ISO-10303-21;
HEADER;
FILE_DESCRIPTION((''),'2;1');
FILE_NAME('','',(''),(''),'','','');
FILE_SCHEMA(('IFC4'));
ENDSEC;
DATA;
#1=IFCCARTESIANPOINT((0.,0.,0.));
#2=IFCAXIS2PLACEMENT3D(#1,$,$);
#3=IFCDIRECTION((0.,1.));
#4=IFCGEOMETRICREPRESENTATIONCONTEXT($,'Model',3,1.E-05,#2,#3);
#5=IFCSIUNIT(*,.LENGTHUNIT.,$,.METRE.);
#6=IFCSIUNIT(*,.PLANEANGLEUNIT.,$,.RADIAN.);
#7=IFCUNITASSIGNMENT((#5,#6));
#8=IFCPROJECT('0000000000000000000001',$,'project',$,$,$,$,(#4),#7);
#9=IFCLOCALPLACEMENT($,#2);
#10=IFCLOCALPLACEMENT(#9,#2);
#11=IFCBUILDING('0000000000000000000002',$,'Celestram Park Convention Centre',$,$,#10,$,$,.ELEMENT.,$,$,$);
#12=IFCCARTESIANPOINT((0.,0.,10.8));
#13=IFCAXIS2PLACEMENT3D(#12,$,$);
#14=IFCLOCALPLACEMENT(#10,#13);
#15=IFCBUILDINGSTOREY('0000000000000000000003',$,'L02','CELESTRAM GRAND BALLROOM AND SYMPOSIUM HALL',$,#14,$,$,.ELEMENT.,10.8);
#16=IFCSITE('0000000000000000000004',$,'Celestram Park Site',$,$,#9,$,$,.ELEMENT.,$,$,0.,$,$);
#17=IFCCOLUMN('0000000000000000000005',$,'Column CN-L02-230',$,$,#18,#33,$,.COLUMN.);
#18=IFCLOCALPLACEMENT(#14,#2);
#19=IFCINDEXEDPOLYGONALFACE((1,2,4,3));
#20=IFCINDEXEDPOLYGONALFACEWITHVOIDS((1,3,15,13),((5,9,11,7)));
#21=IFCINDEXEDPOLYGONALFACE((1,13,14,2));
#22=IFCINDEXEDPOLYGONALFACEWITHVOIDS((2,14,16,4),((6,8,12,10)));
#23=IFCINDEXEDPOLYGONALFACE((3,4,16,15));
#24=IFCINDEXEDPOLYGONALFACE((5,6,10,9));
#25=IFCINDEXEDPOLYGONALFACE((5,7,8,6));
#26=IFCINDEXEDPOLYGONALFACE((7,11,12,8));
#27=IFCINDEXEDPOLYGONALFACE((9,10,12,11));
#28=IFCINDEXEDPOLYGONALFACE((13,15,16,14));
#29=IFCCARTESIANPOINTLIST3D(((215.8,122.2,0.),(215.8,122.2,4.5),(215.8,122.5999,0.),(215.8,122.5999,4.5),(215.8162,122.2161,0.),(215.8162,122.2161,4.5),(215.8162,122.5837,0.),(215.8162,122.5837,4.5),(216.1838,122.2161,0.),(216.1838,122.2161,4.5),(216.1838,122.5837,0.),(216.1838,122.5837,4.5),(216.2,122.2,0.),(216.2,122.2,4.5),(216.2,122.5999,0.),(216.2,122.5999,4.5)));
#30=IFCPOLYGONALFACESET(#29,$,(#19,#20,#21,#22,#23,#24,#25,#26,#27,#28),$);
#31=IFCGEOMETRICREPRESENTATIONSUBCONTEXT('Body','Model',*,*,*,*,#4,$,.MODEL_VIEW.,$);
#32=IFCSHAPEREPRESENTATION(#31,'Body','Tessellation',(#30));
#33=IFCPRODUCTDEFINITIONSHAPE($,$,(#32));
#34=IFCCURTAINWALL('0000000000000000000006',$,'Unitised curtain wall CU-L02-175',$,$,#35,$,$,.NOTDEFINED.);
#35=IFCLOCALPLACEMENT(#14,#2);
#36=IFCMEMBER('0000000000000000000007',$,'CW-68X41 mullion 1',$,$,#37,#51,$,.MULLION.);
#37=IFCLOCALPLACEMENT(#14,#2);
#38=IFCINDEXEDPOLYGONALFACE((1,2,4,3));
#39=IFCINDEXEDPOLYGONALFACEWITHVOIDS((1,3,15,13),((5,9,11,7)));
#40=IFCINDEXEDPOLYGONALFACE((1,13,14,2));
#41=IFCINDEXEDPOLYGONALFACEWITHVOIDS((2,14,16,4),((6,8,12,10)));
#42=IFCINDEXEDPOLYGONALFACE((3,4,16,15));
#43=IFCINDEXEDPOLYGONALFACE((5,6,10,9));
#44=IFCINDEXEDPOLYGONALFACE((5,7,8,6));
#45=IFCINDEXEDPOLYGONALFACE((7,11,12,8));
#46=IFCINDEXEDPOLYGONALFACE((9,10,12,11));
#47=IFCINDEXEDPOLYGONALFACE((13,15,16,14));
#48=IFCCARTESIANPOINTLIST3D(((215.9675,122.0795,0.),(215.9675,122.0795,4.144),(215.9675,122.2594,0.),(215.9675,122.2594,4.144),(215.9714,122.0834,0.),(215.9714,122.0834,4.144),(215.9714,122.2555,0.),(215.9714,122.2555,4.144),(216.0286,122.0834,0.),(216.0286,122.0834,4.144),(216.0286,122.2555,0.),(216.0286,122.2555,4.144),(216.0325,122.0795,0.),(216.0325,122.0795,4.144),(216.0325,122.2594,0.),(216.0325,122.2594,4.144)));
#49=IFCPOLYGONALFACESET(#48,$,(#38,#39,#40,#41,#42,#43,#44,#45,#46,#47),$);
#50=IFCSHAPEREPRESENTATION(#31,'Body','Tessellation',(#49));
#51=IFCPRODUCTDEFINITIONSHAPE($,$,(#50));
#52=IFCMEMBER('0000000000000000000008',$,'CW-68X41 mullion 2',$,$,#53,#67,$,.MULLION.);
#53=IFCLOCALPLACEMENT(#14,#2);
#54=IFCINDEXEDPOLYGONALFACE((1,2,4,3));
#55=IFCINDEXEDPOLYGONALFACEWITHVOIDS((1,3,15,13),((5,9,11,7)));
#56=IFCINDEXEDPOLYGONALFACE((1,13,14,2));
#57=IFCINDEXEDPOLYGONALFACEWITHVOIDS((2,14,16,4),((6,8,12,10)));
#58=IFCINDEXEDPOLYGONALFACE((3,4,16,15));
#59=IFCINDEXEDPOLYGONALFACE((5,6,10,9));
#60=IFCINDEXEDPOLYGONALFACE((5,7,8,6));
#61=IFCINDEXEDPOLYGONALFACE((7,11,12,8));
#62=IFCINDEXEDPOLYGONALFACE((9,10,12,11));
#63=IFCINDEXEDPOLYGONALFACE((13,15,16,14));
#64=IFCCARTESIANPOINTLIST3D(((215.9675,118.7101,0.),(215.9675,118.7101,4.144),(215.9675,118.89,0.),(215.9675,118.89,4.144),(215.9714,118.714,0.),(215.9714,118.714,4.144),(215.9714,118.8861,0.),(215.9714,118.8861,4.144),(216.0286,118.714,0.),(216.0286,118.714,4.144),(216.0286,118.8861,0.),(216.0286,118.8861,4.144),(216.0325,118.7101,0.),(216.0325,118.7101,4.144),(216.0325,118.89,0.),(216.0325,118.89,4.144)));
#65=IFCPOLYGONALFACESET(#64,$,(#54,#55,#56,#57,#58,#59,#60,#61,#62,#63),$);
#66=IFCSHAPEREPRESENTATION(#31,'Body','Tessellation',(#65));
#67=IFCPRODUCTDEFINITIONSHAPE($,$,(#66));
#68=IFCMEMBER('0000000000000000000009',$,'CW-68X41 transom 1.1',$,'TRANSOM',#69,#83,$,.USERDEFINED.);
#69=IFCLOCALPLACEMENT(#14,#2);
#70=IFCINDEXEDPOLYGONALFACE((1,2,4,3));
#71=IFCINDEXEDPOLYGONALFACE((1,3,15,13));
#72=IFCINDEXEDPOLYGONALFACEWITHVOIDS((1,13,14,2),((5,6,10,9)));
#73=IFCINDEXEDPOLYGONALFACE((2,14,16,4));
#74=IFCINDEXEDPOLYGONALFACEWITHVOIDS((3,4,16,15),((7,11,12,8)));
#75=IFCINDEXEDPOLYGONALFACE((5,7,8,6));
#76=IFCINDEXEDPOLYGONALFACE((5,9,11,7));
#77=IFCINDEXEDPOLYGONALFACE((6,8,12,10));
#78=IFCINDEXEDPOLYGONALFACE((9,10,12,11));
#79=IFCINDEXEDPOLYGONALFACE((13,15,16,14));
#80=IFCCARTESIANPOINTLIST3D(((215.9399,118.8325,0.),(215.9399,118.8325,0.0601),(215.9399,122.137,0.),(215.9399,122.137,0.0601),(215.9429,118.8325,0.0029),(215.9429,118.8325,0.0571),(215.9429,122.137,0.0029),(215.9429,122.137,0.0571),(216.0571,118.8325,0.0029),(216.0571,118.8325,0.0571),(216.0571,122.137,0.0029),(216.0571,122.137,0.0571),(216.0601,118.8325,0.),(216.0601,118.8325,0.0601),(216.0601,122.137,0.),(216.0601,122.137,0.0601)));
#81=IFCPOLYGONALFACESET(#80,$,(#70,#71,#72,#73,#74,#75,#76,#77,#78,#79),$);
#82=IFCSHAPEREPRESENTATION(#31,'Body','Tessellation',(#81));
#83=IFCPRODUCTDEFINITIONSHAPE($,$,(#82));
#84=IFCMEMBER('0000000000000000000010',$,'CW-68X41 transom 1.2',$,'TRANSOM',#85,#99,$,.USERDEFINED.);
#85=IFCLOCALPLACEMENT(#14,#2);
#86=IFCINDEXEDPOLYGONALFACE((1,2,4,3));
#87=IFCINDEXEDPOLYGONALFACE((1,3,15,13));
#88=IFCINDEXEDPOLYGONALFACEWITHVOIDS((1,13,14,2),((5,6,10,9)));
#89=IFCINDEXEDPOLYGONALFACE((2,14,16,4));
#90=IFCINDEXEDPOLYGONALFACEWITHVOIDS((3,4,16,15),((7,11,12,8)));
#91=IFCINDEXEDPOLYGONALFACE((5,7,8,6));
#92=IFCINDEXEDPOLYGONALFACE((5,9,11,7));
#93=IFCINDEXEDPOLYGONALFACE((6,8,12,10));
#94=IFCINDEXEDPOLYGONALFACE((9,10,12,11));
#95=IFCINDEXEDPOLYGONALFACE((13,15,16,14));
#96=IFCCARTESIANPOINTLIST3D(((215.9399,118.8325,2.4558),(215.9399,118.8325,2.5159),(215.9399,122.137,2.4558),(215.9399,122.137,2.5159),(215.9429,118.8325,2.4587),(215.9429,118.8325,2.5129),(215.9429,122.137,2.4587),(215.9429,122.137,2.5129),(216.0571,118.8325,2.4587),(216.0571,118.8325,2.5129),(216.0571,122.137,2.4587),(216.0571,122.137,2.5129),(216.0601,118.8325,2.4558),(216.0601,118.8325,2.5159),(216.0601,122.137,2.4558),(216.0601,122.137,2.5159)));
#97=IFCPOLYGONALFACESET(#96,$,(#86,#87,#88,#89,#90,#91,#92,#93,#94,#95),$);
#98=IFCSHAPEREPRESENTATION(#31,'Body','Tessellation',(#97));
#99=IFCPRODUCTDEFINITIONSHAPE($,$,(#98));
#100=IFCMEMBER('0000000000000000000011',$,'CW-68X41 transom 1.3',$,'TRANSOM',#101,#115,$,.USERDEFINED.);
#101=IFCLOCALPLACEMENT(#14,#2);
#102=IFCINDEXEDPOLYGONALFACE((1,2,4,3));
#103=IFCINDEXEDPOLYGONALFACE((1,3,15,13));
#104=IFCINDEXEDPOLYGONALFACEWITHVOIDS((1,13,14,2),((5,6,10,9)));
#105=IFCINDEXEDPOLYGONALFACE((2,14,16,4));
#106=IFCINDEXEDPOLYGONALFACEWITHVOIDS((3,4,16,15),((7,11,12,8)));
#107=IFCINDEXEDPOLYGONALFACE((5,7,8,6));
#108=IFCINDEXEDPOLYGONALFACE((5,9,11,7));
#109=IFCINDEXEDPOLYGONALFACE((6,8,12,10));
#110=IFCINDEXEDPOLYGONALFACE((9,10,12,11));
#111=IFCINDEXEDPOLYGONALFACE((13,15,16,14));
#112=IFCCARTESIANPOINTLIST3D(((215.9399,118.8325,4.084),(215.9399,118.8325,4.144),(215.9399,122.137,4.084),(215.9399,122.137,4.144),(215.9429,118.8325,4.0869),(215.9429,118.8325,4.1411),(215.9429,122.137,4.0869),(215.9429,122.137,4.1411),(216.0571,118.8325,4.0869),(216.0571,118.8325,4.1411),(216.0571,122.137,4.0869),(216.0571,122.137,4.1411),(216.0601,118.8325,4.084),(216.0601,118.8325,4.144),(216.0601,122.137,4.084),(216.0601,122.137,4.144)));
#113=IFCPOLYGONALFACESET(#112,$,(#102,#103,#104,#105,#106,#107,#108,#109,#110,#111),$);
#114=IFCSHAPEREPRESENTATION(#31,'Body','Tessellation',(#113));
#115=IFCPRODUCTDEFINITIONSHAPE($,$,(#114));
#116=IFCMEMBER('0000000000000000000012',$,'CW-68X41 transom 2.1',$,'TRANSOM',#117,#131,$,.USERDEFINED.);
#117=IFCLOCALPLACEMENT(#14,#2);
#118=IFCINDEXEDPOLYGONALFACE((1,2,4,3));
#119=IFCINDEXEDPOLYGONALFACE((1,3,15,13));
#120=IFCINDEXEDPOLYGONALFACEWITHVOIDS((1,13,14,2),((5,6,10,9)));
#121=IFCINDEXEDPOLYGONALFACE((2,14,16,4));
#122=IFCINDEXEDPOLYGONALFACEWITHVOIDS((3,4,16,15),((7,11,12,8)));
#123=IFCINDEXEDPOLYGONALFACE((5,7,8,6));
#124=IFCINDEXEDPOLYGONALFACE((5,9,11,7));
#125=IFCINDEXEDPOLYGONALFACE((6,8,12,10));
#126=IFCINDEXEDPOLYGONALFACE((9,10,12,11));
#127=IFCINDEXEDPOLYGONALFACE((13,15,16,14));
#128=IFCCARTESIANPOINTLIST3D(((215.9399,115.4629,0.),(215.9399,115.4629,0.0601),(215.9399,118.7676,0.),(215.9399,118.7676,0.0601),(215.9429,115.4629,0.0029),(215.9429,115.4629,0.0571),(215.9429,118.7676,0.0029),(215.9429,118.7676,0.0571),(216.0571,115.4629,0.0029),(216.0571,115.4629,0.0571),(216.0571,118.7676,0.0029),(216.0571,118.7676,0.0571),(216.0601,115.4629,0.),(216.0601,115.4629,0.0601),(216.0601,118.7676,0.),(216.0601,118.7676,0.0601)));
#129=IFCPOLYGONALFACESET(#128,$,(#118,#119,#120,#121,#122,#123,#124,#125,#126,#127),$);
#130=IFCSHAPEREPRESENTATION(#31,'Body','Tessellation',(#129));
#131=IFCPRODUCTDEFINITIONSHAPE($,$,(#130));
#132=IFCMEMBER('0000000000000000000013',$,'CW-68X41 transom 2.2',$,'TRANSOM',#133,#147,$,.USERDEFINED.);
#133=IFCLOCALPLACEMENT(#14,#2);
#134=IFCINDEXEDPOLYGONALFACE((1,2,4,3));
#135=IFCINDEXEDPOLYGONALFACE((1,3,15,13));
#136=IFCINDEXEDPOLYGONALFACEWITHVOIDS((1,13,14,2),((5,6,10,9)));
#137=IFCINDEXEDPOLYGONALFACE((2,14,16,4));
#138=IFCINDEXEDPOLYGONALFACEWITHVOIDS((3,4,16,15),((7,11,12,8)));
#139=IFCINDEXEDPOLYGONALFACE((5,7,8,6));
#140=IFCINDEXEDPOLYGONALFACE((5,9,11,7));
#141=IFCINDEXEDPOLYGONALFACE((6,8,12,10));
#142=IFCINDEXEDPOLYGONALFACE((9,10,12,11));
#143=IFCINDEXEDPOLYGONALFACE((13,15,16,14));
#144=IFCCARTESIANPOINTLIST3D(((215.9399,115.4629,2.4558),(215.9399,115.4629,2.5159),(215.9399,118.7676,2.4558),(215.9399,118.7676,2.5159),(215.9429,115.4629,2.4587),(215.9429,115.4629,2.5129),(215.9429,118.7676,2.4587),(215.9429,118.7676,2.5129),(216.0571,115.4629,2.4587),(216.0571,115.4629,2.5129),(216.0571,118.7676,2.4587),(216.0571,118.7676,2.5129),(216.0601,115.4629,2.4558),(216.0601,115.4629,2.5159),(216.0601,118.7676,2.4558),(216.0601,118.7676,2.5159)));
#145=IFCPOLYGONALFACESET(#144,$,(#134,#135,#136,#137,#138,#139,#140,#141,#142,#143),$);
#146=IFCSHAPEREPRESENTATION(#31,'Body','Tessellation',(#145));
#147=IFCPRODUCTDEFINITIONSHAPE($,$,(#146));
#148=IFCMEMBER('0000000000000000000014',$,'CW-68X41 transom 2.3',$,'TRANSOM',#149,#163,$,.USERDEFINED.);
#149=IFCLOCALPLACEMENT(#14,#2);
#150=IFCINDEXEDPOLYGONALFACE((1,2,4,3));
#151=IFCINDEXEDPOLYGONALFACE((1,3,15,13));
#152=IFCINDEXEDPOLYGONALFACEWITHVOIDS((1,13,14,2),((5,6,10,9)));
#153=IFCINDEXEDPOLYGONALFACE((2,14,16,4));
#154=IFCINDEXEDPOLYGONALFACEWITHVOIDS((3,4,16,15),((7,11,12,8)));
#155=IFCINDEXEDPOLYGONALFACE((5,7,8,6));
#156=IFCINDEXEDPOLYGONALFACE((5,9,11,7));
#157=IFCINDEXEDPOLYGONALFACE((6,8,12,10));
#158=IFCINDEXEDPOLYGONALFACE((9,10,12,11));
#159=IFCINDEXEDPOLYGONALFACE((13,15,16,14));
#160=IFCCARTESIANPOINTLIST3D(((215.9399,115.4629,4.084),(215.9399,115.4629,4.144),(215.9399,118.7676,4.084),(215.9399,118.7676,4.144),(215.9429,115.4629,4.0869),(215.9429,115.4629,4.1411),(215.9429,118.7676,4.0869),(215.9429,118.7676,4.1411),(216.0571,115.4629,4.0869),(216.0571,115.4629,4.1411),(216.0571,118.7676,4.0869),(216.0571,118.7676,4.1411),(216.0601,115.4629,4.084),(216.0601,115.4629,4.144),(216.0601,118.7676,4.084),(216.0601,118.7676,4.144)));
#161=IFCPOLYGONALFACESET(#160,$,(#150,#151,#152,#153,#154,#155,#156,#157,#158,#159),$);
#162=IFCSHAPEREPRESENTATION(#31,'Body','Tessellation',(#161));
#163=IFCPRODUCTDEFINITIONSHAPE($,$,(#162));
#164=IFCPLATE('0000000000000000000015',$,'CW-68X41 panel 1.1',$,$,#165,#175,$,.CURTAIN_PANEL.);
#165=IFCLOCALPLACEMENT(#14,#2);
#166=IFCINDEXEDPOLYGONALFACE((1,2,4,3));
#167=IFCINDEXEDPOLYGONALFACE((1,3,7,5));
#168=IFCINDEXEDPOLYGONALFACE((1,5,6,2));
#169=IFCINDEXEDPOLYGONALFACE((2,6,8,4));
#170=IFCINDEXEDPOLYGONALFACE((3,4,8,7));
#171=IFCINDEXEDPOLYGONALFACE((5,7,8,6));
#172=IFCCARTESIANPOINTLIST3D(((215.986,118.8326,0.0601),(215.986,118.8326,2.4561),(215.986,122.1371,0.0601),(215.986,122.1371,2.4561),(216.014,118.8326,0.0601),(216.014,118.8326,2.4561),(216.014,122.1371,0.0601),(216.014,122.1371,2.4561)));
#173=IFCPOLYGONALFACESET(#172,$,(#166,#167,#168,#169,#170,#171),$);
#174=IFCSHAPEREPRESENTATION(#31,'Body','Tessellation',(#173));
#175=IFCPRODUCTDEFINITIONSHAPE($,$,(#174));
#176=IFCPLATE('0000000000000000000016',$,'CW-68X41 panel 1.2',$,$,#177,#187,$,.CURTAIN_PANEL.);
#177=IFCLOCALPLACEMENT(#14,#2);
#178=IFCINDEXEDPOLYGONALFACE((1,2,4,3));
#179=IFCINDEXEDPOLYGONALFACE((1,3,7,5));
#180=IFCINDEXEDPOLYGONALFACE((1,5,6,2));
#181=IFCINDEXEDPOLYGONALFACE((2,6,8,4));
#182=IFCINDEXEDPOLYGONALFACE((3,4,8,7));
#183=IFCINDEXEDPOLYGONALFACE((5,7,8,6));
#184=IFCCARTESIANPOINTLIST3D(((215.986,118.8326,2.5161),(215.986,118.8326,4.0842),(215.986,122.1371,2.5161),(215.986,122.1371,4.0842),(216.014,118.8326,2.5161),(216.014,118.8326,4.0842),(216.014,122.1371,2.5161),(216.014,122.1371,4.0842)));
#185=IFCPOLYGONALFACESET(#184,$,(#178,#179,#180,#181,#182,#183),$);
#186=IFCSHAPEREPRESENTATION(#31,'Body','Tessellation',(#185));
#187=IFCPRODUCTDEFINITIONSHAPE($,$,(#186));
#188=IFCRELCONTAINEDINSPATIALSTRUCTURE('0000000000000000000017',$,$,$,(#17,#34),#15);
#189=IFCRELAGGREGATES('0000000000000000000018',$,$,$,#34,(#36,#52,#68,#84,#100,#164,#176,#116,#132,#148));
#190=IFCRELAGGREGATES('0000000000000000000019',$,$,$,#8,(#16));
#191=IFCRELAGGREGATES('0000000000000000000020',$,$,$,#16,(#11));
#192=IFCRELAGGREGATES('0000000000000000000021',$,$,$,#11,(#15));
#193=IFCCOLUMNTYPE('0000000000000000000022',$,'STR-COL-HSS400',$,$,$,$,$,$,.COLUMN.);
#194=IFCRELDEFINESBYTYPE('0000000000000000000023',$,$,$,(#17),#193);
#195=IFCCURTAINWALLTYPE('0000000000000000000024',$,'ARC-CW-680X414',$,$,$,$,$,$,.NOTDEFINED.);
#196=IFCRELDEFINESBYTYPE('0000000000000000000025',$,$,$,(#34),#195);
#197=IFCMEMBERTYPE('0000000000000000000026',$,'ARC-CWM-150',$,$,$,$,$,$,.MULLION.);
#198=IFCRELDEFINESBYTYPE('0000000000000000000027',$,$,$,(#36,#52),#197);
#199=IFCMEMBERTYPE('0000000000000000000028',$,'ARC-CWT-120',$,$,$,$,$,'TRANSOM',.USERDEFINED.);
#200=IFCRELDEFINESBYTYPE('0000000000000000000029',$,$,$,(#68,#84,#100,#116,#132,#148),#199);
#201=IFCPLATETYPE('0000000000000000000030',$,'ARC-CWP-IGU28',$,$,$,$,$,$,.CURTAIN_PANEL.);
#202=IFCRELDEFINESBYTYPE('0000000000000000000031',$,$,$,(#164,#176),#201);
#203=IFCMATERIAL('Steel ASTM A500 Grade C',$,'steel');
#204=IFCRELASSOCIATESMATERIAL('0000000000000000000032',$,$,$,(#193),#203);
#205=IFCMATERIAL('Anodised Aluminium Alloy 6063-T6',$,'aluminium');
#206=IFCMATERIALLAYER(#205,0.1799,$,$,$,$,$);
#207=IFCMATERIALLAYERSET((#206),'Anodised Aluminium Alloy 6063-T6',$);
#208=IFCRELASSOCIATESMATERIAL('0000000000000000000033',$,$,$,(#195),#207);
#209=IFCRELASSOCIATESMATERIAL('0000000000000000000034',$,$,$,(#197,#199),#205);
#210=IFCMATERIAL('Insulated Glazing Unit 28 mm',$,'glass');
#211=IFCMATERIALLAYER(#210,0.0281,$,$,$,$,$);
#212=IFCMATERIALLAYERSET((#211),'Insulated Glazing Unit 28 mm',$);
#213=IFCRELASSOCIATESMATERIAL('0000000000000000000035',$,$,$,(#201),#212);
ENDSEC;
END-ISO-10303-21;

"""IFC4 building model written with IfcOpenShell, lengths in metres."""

from ifc_helpers import new_model, si_unit, direction, frame, origin, origin_2d, place, context, subcontext, project, spatial, rectangle, hollow_rectangle, extrude, material, layer, layer_set, material_profile, profile_set, type_object, element, aggregate, save


model = new_model("IFC4")

# Units and contexts
model_context = context("Model", 3, precision=1e-05, world=origin(), true_north=direction((0.0, 1.0)))
body_context = subcontext(model_context, "Body", "Model", "MODEL_VIEW")
ifc_project = project(units=[si_unit("LENGTHUNIT", "METRE"), si_unit("PLANEANGLEUNIT", "RADIAN")], contexts=[model_context])

# Site, building, storey
site_placement = place(None, origin())
site = spatial("IfcSite", under=ifc_project, at=site_placement, Name="Celestram Park Site", CompositionType="ELEMENT", RefElevation=0.0)
building_placement = place(site_placement, origin())
building = spatial("IfcBuilding", under=site, at=building_placement, Name="Celestram Park Convention Centre", CompositionType="ELEMENT")
storey_placement = place(building_placement, frame((0.0, 0.0, 10.8)))
storey = spatial("IfcBuildingStorey", under=building, at=storey_placement, Name="L02", Description="CELESTRAM GRAND BALLROOM AND SYMPOSIUM HALL", CompositionType="ELEMENT", Elevation=10.8)

# Column
ifc_material_1 = material(Name="Steel ASTM A500 Grade C", Category="steel")
ifc_material_profile_1 = material_profile(ifc_material_1, hollow_rectangle(XDim=0.3999, YDim=0.3999, WallThickness=0.0161, at=origin_2d()), Name="HSS400X400X16")
ifc_profile_set_1 = profile_set([ifc_material_profile_1], Name="Steel ASTM A500 Grade C")
column_type = type_object("IfcColumnType", Name="STR-COL-HSS400", PredefinedType="COLUMN", material=ifc_profile_set_1)
column_placement = place(storey_placement, frame((216.0, 122.3999, 0.0), z_axis=(0.0, 0.0, 1.0), x_axis=(1.0, 0.0, 0.0)))
element("IfcColumn", 1, at=column_placement, inside=storey, type_object=column_type, Name="Column CN-L02-230", PredefinedType="COLUMN", context=body_context, shape_type="SweptSolid", body=[
    extrude(hollow_rectangle(XDim=0.3999, YDim=0.3999, WallThickness=0.0161, at=origin_2d()), origin(), (0.0, 0.0, 1.0), 4.5),
])

# Curtain wall, members, plates
ifc_material_2 = material(Name="Anodised Aluminium Alloy 6063-T6", Category="aluminium")
ifc_layer_1 = layer(ifc_material_2, 0.1799)
ifc_layer_set_1 = layer_set([ifc_layer_1], Name="Anodised Aluminium Alloy 6063-T6")
curtain_wall_type = type_object("IfcCurtainWallType", Name="ARC-CW-680X414", PredefinedType="NOTDEFINED", material=ifc_layer_set_1)
curtain_wall_placement = place(storey_placement, origin())
curtain_wall = element("IfcCurtainWall", 2, at=curtain_wall_placement, inside=storey, type_object=curtain_wall_type, Name="Unitised curtain wall CU-L02-175", PredefinedType="NOTDEFINED")
ifc_material_profile_2 = material_profile(ifc_material_2, hollow_rectangle(XDim=0.0649, YDim=0.1799, WallThickness=0.0039, at=origin_2d()), Name="ALU65X180X4")
ifc_profile_set_2 = profile_set([ifc_material_profile_2], Name="Anodised Aluminium Alloy 6063-T6")
member_type_1 = type_object("IfcMemberType", Name="ARC-CWM-150", PredefinedType="MULLION", material=ifc_profile_set_2)
member_1_placement = place(storey_placement, frame((216.0, 122.1694, 0.0), z_axis=(0.0, 0.0, 1.0), x_axis=(1.0, 0.0, 0.0)))
member_1 = element("IfcMember", 3, at=member_1_placement, type_object=member_type_1, Name="CW-68X41 mullion 1", PredefinedType="MULLION", context=body_context, shape_type="SweptSolid", body=[
    extrude(hollow_rectangle(XDim=0.0649, YDim=0.1799, WallThickness=0.0039, at=origin_2d()), origin(), (0.0, 0.0, 1.0), 4.144),
])
member_2_placement = place(storey_placement, frame((216.0, 118.8, 0.0), z_axis=(0.0, 0.0, 1.0), x_axis=(1.0, 0.0, 0.0)))
member_2 = element("IfcMember", 4, at=member_2_placement, type_object=member_type_1, Name="CW-68X41 mullion 2", PredefinedType="MULLION", context=body_context, shape_type="SweptSolid", body=[
    extrude(hollow_rectangle(XDim=0.0649, YDim=0.1799, WallThickness=0.0039, at=origin_2d()), origin(), (0.0, 0.0, 1.0), 4.144),
])
ifc_material_profile_3 = material_profile(ifc_material_2, hollow_rectangle(XDim=0.1201, YDim=0.0601, WallThickness=0.0029, at=origin_2d()), Name="ALU120X60X3")
ifc_profile_set_3 = profile_set([ifc_material_profile_3], Name="Anodised Aluminium Alloy 6063-T6")
member_type_2 = type_object("IfcMemberType", Name="ARC-CWT-120", ElementType="TRANSOM", PredefinedType="USERDEFINED", material=ifc_profile_set_3)
member_3_placement = place(storey_placement, frame((216.0, 122.137, 0.03), z_axis=(0.0, -1.0, 0.0), x_axis=(1.0, 0.0, 0.0)))
member_3 = element("IfcMember", 5, at=member_3_placement, type_object=member_type_2, Name="CW-68X41 transom 1.1", ObjectType="TRANSOM", PredefinedType="USERDEFINED", context=body_context, shape_type="SweptSolid", body=[
    extrude(hollow_rectangle(XDim=0.1201, YDim=0.0601, WallThickness=0.0029, at=origin_2d()), origin(), (0.0, 0.0, 1.0), 3.3044),
])
member_4_placement = place(storey_placement, frame((216.0, 122.137, 2.4858), z_axis=(0.0, -1.0, 0.0), x_axis=(1.0, 0.0, 0.0)))
member_4 = element("IfcMember", 6, at=member_4_placement, type_object=member_type_2, Name="CW-68X41 transom 1.2", ObjectType="TRANSOM", PredefinedType="USERDEFINED", context=body_context, shape_type="SweptSolid", body=[
    extrude(hollow_rectangle(XDim=0.1201, YDim=0.0601, WallThickness=0.0029, at=origin_2d()), origin(), (0.0, 0.0, 1.0), 3.3044),
])
member_5_placement = place(storey_placement, frame((216.0, 122.137, 4.114), z_axis=(0.0, -1.0, 0.0), x_axis=(1.0, 0.0, 0.0)))
member_5 = element("IfcMember", 7, at=member_5_placement, type_object=member_type_2, Name="CW-68X41 transom 1.3", ObjectType="TRANSOM", PredefinedType="USERDEFINED", context=body_context, shape_type="SweptSolid", body=[
    extrude(hollow_rectangle(XDim=0.1201, YDim=0.0601, WallThickness=0.0029, at=origin_2d()), origin(), (0.0, 0.0, 1.0), 3.3044),
])
member_6_placement = place(storey_placement, frame((216.0, 118.7676, 0.03), z_axis=(0.0, -1.0, 0.0), x_axis=(1.0, 0.0, 0.0)))
member_6 = element("IfcMember", 8, at=member_6_placement, type_object=member_type_2, Name="CW-68X41 transom 2.1", ObjectType="TRANSOM", PredefinedType="USERDEFINED", context=body_context, shape_type="SweptSolid", body=[
    extrude(hollow_rectangle(XDim=0.1201, YDim=0.0601, WallThickness=0.0029, at=origin_2d()), origin(), (0.0, 0.0, 1.0), 3.3047),
])
member_7_placement = place(storey_placement, frame((216.0, 118.7676, 2.4858), z_axis=(0.0, -1.0, 0.0), x_axis=(1.0, 0.0, 0.0)))
member_7 = element("IfcMember", 9, at=member_7_placement, type_object=member_type_2, Name="CW-68X41 transom 2.2", ObjectType="TRANSOM", PredefinedType="USERDEFINED", context=body_context, shape_type="SweptSolid", body=[
    extrude(hollow_rectangle(XDim=0.1201, YDim=0.0601, WallThickness=0.0029, at=origin_2d()), origin(), (0.0, 0.0, 1.0), 3.3047),
])
member_8_placement = place(storey_placement, frame((216.0, 118.7676, 4.114), z_axis=(0.0, -1.0, 0.0), x_axis=(1.0, 0.0, 0.0)))
member_8 = element("IfcMember", 10, at=member_8_placement, type_object=member_type_2, Name="CW-68X41 transom 2.3", ObjectType="TRANSOM", PredefinedType="USERDEFINED", context=body_context, shape_type="SweptSolid", body=[
    extrude(hollow_rectangle(XDim=0.1201, YDim=0.0601, WallThickness=0.0029, at=origin_2d()), origin(), (0.0, 0.0, 1.0), 3.3047),
])
ifc_material_3 = material(Name="Insulated Glazing Unit 28 mm", Category="glass")
ifc_layer_2 = layer(ifc_material_3, 0.0281)
ifc_layer_set_2 = layer_set([ifc_layer_2], Name="Insulated Glazing Unit 28 mm")
plate_type = type_object("IfcPlateType", Name="ARC-CWP-IGU28", PredefinedType="CURTAIN_PANEL", material=ifc_layer_set_2)
plate_1_placement = place(storey_placement, frame((216.0, 120.4849, 0.0601), z_axis=(0.0, 0.0, 1.0), x_axis=(0.0, -1.0, 0.0)))
plate_1 = element("IfcPlate", 11, at=plate_1_placement, type_object=plate_type, Name="CW-68X41 panel 1.1", PredefinedType="CURTAIN_PANEL", context=body_context, shape_type="SweptSolid", body=[
    extrude(rectangle(XDim=3.3044, YDim=0.0281, at=origin_2d()), origin(), (0.0, 0.0, 1.0), 2.396),
])
plate_2_placement = place(storey_placement, frame((216.0, 120.4849, 2.5161), z_axis=(0.0, 0.0, 1.0), x_axis=(0.0, -1.0, 0.0)))
plate_2 = element("IfcPlate", 12, at=plate_2_placement, type_object=plate_type, Name="CW-68X41 panel 1.2", PredefinedType="CURTAIN_PANEL", context=body_context, shape_type="SweptSolid", body=[
    extrude(rectangle(XDim=3.3044, YDim=0.0281, at=origin_2d()), origin(), (0.0, 0.0, 1.0), 1.5681),
])
aggregate(curtain_wall, [member_1, member_2, member_3, member_4, member_5, plate_1, plate_2, member_6, member_7, member_8])

save(model, "model.ifc")
